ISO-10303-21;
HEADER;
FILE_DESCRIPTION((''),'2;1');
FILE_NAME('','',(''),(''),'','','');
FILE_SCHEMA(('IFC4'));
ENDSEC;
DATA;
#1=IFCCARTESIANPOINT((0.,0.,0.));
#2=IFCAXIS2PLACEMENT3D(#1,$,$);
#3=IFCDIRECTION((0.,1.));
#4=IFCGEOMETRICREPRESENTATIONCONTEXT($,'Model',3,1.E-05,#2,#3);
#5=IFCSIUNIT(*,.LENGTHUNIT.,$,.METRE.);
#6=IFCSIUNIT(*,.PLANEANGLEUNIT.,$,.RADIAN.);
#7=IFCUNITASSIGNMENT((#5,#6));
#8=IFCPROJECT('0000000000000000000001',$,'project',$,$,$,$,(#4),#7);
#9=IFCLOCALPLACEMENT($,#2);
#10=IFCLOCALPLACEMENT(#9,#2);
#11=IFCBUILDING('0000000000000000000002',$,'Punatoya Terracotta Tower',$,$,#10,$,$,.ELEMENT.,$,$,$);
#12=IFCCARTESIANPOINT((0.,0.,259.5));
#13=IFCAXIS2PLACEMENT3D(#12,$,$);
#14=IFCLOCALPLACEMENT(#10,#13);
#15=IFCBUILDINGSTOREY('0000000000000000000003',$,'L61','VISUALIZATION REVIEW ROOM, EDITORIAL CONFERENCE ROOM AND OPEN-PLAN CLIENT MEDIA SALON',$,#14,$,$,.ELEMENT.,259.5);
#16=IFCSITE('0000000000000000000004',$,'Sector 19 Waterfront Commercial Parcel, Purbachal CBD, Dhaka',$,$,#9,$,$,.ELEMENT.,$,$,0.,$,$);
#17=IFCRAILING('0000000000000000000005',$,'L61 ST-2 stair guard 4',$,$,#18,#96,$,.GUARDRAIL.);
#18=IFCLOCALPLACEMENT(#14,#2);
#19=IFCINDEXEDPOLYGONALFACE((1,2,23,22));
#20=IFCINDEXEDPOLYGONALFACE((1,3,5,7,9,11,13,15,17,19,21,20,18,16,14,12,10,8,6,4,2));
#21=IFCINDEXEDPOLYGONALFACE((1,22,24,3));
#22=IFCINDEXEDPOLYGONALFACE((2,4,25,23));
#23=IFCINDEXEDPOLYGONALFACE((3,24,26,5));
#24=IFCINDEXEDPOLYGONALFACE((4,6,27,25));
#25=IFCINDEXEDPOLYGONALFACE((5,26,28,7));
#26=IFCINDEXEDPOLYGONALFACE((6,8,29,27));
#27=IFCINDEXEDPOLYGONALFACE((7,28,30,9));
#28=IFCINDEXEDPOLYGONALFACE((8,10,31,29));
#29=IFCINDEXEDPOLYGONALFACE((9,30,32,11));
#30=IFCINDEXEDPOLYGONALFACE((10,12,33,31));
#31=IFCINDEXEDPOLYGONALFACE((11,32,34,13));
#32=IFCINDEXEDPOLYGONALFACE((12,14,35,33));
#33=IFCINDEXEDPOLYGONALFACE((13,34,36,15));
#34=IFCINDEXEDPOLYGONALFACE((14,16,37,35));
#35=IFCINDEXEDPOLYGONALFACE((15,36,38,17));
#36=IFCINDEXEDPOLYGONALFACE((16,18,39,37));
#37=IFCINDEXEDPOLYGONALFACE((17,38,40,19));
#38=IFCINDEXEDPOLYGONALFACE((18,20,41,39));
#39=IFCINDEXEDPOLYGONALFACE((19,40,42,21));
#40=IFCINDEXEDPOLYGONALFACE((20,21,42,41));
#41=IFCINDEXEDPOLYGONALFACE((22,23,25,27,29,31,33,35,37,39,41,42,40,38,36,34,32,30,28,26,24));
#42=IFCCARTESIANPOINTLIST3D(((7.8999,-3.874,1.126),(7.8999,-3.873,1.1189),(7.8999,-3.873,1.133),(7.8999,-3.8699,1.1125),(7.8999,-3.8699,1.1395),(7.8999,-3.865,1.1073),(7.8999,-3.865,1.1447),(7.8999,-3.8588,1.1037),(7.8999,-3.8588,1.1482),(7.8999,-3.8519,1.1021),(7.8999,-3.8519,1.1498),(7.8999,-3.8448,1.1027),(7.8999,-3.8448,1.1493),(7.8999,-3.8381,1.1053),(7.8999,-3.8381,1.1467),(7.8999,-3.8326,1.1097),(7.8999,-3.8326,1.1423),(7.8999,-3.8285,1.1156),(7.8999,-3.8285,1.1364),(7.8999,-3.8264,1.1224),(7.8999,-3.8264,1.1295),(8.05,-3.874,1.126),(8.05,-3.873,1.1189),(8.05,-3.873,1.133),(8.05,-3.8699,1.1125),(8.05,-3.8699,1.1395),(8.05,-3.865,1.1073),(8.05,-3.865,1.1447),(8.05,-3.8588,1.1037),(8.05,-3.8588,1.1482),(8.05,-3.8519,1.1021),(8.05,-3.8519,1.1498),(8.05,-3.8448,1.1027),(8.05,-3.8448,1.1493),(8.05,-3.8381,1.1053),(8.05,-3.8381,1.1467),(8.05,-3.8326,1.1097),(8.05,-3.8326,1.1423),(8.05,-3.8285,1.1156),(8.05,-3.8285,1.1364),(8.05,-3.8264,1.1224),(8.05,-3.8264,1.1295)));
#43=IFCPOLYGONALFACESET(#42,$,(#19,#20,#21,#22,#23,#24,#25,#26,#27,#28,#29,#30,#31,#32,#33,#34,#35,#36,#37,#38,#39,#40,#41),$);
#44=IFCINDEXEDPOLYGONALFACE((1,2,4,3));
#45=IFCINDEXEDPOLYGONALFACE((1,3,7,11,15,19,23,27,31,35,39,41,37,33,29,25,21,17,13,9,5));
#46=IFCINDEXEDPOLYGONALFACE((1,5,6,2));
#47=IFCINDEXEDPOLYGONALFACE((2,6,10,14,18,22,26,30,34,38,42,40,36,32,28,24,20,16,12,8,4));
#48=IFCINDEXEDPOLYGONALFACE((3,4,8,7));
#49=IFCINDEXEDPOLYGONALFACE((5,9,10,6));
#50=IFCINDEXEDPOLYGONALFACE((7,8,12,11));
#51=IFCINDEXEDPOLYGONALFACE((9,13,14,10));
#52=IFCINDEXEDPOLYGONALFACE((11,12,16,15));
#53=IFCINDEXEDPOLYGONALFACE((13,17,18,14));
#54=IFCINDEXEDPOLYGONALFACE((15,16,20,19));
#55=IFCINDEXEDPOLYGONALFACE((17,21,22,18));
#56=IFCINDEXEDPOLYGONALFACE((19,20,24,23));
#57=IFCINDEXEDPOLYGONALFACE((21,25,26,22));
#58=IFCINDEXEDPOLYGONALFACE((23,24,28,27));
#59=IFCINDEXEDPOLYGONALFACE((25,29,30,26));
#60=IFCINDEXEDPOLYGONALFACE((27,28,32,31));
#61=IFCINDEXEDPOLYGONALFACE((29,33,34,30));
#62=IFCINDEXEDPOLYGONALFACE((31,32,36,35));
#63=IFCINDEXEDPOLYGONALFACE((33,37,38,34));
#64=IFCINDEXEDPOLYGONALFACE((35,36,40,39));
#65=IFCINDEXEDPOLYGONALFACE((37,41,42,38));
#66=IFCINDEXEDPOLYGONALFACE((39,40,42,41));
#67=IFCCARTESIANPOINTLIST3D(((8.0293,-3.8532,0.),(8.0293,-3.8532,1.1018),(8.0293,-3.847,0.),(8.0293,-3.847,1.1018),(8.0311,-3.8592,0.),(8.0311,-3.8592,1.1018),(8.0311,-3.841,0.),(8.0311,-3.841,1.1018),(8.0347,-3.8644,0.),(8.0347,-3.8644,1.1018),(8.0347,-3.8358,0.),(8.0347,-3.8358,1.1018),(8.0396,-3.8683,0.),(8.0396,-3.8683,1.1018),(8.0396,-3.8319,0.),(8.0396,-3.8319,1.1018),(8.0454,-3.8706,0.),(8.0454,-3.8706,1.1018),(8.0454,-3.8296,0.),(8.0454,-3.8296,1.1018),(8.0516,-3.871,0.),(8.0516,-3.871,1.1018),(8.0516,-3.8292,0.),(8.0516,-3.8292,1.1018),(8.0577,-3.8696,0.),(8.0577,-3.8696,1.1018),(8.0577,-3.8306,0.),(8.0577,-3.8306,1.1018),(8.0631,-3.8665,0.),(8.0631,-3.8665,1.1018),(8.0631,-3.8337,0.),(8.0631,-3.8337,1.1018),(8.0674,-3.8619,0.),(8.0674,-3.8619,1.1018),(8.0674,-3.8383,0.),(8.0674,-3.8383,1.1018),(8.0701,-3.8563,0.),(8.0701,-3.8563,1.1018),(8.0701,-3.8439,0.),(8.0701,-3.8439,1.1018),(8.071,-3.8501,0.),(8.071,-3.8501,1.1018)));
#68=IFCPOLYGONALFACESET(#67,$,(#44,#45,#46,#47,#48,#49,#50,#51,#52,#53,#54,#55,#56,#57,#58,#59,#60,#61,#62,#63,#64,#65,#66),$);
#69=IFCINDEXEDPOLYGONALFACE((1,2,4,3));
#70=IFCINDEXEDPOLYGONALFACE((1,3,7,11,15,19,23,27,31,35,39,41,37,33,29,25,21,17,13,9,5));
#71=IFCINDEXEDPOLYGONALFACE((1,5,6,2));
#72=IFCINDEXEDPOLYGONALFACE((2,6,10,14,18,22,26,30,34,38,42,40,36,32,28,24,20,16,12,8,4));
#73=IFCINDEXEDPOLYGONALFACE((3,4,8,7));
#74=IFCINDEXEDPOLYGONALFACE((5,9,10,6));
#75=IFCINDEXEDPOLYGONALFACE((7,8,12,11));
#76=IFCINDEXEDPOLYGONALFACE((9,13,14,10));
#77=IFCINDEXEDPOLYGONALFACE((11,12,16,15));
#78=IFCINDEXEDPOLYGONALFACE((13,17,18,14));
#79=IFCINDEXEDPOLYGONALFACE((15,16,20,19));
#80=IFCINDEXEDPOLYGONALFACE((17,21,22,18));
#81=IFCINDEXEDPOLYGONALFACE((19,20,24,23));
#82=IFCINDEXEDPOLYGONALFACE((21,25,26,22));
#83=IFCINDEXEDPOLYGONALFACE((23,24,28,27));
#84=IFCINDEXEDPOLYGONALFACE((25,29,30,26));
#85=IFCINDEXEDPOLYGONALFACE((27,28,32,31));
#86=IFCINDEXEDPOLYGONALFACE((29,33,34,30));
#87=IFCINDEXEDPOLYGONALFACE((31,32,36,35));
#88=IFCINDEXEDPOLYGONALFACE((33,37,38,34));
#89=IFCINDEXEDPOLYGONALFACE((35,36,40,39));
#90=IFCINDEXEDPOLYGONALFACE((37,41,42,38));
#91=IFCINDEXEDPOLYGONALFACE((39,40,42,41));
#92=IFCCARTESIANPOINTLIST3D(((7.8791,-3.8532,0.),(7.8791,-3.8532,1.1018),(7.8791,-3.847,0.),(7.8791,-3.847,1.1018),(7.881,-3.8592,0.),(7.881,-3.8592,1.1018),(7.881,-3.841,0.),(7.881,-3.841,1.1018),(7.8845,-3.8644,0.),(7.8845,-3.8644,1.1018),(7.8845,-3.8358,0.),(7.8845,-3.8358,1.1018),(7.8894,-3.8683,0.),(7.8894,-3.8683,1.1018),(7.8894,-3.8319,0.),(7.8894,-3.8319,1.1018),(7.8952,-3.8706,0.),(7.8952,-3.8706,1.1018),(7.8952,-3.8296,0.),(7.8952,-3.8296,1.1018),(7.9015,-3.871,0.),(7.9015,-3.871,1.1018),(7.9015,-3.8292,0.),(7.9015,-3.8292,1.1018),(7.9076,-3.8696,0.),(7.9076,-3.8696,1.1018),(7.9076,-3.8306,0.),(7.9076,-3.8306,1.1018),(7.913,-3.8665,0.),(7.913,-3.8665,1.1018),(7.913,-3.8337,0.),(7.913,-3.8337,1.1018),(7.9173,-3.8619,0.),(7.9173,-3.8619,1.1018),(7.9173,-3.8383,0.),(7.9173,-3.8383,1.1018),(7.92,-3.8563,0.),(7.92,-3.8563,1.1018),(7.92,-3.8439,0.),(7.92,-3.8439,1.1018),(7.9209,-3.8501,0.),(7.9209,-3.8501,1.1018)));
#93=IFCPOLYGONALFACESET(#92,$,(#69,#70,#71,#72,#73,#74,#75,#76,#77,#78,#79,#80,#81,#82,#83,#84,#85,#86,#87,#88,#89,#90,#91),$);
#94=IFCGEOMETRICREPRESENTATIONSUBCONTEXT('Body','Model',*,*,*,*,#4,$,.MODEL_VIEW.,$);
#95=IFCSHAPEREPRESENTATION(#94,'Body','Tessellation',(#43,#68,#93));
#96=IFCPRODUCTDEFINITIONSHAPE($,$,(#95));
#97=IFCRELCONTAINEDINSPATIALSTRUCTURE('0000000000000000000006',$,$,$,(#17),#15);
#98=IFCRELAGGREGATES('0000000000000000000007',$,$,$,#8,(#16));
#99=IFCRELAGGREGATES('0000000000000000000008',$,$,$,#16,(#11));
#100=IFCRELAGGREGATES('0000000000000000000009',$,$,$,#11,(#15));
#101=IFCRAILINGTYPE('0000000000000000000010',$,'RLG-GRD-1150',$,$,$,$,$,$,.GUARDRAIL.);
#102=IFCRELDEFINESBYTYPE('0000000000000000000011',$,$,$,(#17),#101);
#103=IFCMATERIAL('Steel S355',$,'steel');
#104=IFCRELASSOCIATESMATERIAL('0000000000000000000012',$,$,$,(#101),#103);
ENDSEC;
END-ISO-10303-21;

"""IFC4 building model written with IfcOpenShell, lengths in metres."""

from ifc_helpers import new_model, si_unit, direction, frame, origin, origin_2d, place, context, subcontext, project, spatial, circle, extrude, material, type_object, element, save


model = new_model("IFC4")

# Units and contexts
model_context = context("Model", 3, precision=1e-05, world=origin(), true_north=direction((0.0, 1.0)))
body_context = subcontext(model_context, "Body", "Model", "MODEL_VIEW")
ifc_project = project(units=[si_unit("LENGTHUNIT", "METRE"), si_unit("PLANEANGLEUNIT", "RADIAN")], contexts=[model_context])

# Site, building, storey
site_placement = place(None, origin())
site = spatial("IfcSite", under=ifc_project, at=site_placement, Name="Sector 19 Waterfront Commercial Parcel, Purbachal CBD, Dhaka", CompositionType="ELEMENT", RefElevation=0.0)
building_placement = place(site_placement, origin())
building = spatial("IfcBuilding", under=site, at=building_placement, Name="Punatoya Terracotta Tower", CompositionType="ELEMENT")
storey_placement = place(building_placement, frame((0.0, 0.0, 259.5)))
storey = spatial("IfcBuildingStorey", under=building, at=storey_placement, Name="L61", Description="VISUALIZATION REVIEW ROOM, EDITORIAL CONFERENCE ROOM AND OPEN-PLAN CLIENT MEDIA SALON", CompositionType="ELEMENT", Elevation=259.5)

# Shared definitions
ifc_material_1 = material(Name="Steel S355", Category="steel")

# Railing
railing_type_1 = type_object("IfcRailingType", Name="RLG-GRD-1150", PredefinedType="GUARDRAIL", material=ifc_material_1)
railing_1_placement = place(storey_placement, frame((8.05, -3.8501, 0.0)))
element("IfcRailing", 1, at=railing_1_placement, inside=storey, type_object=railing_type_1, Name="L61 ST-2 stair guard 4", PredefinedType="GUARDRAIL", context=body_context, shape_type="SweptSolid", body=[
    extrude(circle(Radius=0.0239, at=origin_2d()), frame((0.0, 0.0, 1.126), z_axis=(-1.0, 0.0, 0.0), x_axis=(0.0, -1.0, 0.0)), (0.0, 0.0, 1.0), 0.1501),
    extrude(circle(Radius=0.021, at=origin_2d()), origin(), (0.0, 0.0, 1.0), 1.1018),
    extrude(circle(Radius=0.021, at=origin_2d()), frame((-0.1501, 0.0, 0.0)), (0.0, 0.0, 1.0), 1.1018),
])

save(model, "model.ifc")
